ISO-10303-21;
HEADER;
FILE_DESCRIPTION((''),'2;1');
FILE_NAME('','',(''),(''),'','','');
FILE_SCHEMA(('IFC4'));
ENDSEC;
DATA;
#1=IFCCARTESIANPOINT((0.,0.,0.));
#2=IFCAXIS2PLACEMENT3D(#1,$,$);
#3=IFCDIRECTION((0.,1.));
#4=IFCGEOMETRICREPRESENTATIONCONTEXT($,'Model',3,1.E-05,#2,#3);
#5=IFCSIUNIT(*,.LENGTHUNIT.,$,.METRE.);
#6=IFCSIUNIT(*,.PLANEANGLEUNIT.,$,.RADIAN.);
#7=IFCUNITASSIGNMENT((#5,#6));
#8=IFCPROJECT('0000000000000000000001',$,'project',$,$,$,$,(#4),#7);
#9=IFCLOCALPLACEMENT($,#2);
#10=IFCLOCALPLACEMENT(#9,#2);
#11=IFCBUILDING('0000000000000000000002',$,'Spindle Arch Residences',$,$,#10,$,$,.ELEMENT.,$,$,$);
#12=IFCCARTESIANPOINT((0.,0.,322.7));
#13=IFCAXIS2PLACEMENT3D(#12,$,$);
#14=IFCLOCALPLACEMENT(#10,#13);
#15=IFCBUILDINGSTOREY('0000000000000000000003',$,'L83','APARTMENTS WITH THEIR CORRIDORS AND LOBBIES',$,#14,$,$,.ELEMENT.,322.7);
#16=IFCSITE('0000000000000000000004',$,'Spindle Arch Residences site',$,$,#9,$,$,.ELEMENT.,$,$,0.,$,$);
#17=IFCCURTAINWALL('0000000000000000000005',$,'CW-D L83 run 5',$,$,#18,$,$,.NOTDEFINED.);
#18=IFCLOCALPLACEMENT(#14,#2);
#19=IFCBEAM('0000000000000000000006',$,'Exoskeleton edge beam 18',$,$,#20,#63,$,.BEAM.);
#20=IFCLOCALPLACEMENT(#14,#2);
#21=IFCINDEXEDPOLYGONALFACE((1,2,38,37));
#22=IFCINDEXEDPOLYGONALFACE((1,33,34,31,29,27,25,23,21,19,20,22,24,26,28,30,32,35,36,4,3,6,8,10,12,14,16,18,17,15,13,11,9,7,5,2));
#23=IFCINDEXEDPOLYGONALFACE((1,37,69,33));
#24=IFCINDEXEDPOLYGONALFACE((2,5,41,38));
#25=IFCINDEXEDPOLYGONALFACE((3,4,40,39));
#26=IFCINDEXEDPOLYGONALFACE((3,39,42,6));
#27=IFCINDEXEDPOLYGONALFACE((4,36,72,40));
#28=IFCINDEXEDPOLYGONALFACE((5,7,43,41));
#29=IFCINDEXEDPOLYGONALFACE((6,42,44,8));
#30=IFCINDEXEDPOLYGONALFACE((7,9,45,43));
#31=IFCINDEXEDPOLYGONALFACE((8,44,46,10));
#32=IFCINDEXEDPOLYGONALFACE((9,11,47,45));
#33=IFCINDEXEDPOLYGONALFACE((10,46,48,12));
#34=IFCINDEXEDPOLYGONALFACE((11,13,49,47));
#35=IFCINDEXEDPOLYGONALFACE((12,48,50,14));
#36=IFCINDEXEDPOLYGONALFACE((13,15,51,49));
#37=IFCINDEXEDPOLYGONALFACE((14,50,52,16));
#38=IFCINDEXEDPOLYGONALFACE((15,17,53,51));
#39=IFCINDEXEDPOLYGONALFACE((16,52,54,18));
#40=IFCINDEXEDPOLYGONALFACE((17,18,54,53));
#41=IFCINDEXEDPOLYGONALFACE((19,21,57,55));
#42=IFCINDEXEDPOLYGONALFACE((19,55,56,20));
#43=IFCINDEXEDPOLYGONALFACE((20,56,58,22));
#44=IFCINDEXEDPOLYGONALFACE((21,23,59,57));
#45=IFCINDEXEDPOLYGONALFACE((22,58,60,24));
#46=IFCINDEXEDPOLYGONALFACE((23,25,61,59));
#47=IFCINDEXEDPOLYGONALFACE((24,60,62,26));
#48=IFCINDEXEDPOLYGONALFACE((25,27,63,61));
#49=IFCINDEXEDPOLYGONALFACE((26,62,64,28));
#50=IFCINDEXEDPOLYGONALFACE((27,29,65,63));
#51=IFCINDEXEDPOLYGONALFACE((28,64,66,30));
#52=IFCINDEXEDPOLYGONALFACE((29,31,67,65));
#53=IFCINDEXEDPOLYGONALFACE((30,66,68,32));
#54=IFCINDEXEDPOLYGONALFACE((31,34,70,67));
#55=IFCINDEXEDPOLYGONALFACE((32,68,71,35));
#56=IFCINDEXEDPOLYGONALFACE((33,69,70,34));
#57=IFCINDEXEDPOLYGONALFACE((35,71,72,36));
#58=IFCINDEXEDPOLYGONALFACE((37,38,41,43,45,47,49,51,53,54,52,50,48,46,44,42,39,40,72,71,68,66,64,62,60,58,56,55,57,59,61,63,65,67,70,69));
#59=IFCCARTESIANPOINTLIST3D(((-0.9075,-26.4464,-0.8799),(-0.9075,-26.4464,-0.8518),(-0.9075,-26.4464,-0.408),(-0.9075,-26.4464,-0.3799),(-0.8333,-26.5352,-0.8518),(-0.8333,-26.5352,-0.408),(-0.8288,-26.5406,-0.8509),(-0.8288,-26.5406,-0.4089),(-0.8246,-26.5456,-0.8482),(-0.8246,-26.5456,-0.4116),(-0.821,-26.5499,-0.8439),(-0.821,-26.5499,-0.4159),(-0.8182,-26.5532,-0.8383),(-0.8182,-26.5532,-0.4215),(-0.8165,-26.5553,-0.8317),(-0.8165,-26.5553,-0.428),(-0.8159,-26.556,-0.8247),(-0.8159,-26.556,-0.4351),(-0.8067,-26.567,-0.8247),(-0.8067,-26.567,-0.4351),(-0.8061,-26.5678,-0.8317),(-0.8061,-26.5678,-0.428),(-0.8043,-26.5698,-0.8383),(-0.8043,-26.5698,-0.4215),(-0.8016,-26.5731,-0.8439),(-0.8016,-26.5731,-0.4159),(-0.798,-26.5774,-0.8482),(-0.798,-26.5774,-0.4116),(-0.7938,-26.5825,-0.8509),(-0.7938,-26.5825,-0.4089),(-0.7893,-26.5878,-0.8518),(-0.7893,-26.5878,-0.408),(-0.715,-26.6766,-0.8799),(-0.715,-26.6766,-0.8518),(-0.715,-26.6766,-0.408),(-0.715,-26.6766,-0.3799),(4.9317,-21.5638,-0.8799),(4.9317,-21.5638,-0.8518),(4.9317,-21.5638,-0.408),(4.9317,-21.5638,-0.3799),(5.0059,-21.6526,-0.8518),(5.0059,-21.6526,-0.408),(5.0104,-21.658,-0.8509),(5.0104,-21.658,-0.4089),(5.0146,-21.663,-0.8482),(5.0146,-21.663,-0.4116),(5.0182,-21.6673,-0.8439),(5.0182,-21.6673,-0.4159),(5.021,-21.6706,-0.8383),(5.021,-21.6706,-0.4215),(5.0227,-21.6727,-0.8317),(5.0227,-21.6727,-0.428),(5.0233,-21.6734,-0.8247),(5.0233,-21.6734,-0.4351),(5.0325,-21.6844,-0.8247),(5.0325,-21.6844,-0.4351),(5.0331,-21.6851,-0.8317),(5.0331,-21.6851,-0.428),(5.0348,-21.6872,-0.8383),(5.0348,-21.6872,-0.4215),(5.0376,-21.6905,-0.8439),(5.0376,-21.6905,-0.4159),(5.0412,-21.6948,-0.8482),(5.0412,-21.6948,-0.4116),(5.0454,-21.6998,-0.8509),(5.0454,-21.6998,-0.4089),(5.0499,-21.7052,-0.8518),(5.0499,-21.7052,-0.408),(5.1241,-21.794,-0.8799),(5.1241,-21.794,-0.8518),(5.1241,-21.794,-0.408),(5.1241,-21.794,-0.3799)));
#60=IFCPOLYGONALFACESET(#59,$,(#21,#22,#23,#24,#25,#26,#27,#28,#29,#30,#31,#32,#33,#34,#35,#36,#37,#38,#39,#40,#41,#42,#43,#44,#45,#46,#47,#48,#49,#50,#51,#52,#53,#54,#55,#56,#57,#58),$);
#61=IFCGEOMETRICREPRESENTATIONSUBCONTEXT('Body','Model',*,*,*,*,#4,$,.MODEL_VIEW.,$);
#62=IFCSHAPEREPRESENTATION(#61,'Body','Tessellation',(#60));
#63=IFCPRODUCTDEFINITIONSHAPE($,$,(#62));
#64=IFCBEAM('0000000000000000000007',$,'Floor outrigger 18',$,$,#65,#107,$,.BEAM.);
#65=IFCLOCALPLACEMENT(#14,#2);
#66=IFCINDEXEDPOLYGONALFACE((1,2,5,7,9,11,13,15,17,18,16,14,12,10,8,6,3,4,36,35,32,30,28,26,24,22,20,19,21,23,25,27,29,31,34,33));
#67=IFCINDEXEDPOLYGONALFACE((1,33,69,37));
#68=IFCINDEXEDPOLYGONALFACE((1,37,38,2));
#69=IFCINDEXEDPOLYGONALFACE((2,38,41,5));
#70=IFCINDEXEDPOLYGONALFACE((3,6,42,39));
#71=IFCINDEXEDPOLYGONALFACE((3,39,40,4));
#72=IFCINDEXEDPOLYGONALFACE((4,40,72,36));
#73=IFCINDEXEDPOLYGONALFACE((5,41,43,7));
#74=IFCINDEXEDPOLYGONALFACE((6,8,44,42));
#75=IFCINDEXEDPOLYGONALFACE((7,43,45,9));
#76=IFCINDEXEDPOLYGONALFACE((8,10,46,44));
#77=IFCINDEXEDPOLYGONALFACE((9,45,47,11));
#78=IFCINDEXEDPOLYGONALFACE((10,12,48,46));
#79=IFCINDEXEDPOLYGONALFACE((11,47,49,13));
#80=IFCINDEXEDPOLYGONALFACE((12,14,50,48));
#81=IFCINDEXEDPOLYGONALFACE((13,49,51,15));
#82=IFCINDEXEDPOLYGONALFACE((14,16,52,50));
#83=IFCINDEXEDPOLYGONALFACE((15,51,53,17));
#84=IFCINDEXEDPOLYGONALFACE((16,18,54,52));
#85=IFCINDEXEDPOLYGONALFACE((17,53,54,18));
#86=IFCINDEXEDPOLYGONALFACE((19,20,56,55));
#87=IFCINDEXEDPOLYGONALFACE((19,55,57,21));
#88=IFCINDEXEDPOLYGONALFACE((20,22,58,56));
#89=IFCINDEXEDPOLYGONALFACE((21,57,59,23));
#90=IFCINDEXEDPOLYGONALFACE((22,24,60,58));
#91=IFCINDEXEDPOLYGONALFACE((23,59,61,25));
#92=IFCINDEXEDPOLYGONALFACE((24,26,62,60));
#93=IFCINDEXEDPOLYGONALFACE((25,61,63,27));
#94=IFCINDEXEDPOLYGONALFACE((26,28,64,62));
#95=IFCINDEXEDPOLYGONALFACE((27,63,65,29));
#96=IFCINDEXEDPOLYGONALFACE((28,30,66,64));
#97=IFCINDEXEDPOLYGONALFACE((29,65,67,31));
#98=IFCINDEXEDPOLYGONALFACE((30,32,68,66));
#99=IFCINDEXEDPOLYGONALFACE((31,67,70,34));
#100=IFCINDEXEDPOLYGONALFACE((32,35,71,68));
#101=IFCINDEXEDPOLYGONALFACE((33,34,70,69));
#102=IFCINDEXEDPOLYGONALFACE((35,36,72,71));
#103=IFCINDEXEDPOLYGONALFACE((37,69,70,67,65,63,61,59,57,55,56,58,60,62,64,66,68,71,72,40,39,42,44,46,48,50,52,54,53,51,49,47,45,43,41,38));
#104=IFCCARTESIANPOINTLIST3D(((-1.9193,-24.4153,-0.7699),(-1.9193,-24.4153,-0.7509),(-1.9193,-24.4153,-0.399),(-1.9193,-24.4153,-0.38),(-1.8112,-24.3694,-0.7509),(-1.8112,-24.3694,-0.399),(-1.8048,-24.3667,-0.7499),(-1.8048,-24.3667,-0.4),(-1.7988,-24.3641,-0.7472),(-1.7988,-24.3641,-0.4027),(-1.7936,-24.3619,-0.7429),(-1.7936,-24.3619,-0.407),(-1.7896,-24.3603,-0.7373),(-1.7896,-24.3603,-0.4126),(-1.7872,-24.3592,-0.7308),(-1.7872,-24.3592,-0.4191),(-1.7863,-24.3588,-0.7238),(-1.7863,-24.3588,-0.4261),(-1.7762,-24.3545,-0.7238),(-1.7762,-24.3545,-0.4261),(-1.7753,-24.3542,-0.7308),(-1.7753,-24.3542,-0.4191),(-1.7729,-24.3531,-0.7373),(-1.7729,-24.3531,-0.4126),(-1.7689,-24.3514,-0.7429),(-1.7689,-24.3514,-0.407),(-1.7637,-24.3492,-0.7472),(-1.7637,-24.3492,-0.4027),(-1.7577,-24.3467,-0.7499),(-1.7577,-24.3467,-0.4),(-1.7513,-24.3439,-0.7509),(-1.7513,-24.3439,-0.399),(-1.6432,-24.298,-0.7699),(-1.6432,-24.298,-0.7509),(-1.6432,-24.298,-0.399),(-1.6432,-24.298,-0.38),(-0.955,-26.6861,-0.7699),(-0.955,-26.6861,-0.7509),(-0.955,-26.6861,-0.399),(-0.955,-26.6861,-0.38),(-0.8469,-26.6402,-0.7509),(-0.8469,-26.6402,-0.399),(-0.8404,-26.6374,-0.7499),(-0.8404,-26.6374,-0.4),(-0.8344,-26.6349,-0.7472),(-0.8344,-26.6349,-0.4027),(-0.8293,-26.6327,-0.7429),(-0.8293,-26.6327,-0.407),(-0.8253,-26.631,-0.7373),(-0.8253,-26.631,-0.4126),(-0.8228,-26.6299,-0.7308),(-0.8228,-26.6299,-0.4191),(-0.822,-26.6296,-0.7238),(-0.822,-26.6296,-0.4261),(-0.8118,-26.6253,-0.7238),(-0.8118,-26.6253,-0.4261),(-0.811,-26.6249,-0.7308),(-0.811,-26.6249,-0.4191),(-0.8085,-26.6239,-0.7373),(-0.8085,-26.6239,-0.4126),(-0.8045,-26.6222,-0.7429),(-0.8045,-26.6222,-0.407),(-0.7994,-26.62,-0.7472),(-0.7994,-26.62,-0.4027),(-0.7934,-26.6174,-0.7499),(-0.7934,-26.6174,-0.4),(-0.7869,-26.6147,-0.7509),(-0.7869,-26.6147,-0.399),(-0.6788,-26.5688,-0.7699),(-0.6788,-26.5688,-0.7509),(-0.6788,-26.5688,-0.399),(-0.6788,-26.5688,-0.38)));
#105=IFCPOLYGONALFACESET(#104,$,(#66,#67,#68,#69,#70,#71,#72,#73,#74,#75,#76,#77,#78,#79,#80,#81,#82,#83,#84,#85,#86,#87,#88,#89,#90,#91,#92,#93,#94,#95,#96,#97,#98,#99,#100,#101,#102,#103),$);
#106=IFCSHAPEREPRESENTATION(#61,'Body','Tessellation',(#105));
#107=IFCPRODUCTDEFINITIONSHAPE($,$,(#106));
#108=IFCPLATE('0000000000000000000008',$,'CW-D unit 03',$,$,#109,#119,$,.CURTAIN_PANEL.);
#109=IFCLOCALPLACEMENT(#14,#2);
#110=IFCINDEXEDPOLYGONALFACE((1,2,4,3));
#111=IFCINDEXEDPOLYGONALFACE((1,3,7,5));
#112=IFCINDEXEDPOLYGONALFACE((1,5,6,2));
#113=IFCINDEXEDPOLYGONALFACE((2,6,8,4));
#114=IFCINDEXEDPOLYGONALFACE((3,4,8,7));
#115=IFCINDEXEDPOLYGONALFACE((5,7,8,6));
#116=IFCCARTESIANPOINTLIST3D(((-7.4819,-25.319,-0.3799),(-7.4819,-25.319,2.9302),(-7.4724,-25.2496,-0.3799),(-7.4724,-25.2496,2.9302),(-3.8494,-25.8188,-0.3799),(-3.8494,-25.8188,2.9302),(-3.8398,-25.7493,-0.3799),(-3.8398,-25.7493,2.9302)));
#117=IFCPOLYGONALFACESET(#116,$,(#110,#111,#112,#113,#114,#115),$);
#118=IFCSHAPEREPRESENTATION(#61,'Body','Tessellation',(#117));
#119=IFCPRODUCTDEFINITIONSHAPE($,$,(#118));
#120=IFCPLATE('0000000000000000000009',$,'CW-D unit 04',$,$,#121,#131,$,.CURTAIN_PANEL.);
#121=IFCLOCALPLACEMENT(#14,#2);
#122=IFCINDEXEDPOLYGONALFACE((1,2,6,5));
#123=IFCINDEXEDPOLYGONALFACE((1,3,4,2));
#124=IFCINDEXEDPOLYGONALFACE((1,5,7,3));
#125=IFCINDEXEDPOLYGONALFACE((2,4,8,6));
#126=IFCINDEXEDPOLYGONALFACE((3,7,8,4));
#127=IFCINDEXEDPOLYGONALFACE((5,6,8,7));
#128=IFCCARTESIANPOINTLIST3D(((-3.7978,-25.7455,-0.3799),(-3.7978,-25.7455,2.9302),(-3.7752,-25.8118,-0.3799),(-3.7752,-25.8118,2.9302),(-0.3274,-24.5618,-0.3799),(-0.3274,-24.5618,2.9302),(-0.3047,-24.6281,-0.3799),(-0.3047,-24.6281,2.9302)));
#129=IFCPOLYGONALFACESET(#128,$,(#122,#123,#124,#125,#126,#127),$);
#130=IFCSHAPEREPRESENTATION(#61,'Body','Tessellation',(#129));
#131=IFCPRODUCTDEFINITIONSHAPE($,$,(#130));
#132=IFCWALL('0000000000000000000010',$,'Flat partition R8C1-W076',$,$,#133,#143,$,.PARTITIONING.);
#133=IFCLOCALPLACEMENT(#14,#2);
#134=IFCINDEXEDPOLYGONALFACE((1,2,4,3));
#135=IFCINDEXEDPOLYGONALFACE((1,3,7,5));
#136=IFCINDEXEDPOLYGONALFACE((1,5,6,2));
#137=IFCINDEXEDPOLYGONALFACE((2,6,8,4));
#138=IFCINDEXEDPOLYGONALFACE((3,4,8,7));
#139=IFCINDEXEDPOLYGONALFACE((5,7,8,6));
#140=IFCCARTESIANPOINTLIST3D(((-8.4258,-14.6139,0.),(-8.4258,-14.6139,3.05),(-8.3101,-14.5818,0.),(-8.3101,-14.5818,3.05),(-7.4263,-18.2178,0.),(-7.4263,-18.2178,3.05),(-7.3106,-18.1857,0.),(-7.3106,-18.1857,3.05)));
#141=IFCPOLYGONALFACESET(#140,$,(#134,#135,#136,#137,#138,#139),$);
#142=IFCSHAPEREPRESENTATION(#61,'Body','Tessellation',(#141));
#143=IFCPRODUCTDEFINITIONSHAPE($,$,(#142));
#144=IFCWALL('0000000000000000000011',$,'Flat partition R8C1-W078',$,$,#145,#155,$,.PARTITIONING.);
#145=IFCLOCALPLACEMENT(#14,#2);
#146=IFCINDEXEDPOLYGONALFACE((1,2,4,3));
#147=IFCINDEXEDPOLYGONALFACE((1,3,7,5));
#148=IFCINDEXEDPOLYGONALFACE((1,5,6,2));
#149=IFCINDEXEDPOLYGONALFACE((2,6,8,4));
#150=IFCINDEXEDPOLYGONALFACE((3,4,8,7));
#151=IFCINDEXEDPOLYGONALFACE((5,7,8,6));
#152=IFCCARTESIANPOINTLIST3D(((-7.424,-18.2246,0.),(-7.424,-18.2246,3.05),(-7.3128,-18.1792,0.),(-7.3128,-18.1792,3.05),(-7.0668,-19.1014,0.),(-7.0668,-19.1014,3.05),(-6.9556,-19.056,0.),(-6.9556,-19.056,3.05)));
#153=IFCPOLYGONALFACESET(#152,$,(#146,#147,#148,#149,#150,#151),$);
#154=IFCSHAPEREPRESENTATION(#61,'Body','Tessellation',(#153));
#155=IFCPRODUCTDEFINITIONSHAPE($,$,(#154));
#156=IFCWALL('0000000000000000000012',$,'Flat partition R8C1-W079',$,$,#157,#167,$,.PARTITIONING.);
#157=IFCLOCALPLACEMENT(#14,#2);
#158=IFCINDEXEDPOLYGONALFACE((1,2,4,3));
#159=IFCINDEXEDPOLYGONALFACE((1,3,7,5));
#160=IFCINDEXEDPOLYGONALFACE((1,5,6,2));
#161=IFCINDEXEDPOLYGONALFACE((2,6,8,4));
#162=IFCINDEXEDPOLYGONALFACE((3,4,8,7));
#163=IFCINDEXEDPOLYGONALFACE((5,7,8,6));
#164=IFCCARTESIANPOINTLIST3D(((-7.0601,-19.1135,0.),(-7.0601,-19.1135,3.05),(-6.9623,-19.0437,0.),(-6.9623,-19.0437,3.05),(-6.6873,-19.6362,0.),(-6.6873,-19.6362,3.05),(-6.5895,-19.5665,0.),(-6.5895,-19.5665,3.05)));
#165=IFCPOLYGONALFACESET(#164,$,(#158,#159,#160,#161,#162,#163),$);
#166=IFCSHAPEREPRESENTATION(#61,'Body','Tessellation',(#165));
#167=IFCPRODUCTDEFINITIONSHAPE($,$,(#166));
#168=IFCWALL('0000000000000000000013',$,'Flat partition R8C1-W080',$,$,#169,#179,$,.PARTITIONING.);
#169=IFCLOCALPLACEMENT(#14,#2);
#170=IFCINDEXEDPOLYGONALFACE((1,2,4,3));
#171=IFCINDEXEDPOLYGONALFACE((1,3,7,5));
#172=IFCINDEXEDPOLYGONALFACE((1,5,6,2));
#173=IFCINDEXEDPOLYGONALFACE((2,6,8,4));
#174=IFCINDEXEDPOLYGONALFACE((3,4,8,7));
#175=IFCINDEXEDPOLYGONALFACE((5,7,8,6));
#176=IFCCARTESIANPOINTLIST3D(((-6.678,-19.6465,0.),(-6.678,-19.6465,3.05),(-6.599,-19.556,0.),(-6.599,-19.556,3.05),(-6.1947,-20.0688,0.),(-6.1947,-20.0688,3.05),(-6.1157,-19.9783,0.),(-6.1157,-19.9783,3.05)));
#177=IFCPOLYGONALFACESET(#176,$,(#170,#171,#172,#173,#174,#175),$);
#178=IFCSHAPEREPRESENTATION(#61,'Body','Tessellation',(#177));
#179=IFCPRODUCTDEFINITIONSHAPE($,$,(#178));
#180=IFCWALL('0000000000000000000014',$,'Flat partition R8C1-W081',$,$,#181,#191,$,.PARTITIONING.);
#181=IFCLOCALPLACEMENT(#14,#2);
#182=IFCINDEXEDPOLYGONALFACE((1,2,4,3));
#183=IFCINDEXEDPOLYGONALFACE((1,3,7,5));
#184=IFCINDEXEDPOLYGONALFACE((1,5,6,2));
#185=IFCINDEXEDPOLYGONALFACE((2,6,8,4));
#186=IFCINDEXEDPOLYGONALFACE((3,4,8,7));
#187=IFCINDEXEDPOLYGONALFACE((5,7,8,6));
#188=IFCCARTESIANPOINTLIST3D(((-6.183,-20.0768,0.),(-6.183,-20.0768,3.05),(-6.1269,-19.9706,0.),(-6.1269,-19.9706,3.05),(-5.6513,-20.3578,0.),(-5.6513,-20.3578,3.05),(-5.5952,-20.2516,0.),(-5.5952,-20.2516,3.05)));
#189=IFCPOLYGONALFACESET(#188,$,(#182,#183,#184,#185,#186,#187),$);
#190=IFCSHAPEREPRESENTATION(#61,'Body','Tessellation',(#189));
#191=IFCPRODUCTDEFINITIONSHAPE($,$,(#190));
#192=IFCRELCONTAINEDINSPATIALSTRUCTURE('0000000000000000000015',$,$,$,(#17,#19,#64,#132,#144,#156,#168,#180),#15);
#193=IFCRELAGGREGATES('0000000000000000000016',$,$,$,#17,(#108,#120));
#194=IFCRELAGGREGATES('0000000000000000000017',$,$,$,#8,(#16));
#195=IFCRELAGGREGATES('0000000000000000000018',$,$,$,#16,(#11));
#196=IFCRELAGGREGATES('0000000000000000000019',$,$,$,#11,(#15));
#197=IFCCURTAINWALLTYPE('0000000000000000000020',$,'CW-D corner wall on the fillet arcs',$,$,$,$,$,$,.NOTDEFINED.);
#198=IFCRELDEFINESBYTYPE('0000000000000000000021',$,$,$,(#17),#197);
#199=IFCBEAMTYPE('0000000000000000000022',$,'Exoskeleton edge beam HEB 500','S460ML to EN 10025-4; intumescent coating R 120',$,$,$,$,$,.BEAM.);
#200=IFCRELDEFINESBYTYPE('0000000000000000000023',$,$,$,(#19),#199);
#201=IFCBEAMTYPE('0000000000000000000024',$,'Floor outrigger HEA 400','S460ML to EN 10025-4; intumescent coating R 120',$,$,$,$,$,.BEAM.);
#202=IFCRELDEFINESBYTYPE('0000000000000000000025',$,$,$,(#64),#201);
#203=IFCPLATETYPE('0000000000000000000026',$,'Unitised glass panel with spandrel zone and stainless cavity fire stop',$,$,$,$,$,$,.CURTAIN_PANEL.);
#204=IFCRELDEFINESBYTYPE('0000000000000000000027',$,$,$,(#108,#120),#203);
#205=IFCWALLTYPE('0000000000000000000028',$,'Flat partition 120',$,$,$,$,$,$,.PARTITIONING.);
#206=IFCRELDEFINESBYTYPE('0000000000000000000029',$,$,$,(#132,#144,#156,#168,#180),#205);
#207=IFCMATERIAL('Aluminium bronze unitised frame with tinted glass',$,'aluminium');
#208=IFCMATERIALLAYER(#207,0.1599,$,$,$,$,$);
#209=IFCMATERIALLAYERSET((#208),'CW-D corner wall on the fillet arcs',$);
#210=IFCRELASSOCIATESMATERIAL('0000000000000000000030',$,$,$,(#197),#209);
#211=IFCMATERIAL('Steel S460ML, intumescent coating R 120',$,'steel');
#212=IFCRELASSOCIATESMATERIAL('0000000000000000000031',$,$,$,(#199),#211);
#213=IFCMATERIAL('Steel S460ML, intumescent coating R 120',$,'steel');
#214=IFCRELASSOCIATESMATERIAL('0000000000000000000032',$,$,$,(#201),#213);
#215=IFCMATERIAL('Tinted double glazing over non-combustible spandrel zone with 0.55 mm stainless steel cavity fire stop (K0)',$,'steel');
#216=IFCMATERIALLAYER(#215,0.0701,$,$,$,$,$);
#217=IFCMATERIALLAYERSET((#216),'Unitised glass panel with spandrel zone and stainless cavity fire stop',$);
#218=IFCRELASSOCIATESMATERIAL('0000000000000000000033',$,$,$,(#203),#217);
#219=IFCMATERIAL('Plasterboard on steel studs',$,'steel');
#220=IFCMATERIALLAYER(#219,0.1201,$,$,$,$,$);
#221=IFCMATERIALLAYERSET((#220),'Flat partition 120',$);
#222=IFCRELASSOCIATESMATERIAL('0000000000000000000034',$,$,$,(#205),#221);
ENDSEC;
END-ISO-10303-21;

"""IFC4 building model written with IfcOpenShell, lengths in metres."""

from ifc_helpers import new_model, si_unit, direction, frame, frame_2d, origin, origin_2d, place, context, subcontext, project, spatial, rectangle, i_section, extrude, material, layer, layer_set, material_profile, profile_set, type_object, element, aggregate, save


model = new_model("IFC4")

# Units and contexts
model_context = context("Model", 3, precision=1e-05, world=origin(), true_north=direction((0.0, 1.0)))
body_context = subcontext(model_context, "Body", "Model", "MODEL_VIEW")
ifc_project = project(units=[si_unit("LENGTHUNIT", "METRE"), si_unit("PLANEANGLEUNIT", "RADIAN")], contexts=[model_context])

# Site, building, storey
site_placement = place(None, origin())
site = spatial("IfcSite", under=ifc_project, at=site_placement, Name="Spindle Arch Residences site", CompositionType="ELEMENT", RefElevation=0.0)
building_placement = place(site_placement, origin())
building = spatial("IfcBuilding", under=site, at=building_placement, Name="Spindle Arch Residences", CompositionType="ELEMENT")
storey_placement = place(building_placement, frame((0.0, 0.0, 322.7)))
storey = spatial("IfcBuildingStorey", under=building, at=storey_placement, Name="L83", Description="APARTMENTS WITH THEIR CORRIDORS AND LOBBIES", CompositionType="ELEMENT", Elevation=322.7)

# Curtain wall
ifc_material_1 = material(Name="Aluminium bronze unitised frame with tinted glass", Category="aluminium")
ifc_layer_1 = layer(ifc_material_1, 0.1599)
ifc_layer_set_1 = layer_set([ifc_layer_1], Name="CW-D corner wall on the fillet arcs")
curtain_wall_type = type_object("IfcCurtainWallType", Name="CW-D corner wall on the fillet arcs", PredefinedType="NOTDEFINED", material=ifc_layer_set_1)
curtain_wall_placement = place(storey_placement, origin())
curtain_wall = element("IfcCurtainWall", 1, at=curtain_wall_placement, inside=storey, type_object=curtain_wall_type, Name="CW-D L83 run 5", PredefinedType="NOTDEFINED")

# Beams
ifc_material_2 = material(Name="Steel S460ML, intumescent coating R 120", Category="steel")
ifc_material_profile_1 = material_profile(ifc_material_2, i_section(OverallWidth=0.3, OverallDepth=0.5, WebThickness=0.0144, FlangeThickness=0.0281, FilletRadius=0.0271, at=origin_2d()), Name="HEB 500")
ifc_profile_set_1 = profile_set([ifc_material_profile_1], Name="Steel S460ML, intumescent coating R 120")
beam_type_1 = type_object("IfcBeamType", Name="Exoskeleton edge beam HEB 500", Description="S460ML to EN 10025-4; intumescent coating R 120", PredefinedType="BEAM", material=ifc_profile_set_1)
beam_1_placement = place(storey_placement, frame((-0.8113, -26.5615, -0.6299), z_axis=(0.767145, 0.641474, 0.0), x_axis=(-0.641474, 0.767145, 0.0)))
element("IfcBeam", 2, at=beam_1_placement, inside=storey, type_object=beam_type_1, Name="Exoskeleton edge beam 18", PredefinedType="BEAM", context=body_context, shape_type="SweptSolid", body=[
    extrude(i_section(OverallWidth=0.3, OverallDepth=0.5, WebThickness=0.0144, FlangeThickness=0.0281, FilletRadius=0.0271, at=origin_2d()), origin(), (0.0, 0.0, 1.0), 7.6116),
])
ifc_material_3 = material(Name="Steel S460ML, intumescent coating R 120", Category="steel")
ifc_material_profile_2 = material_profile(ifc_material_3, i_section(OverallWidth=0.3, OverallDepth=0.3899, WebThickness=0.011, FlangeThickness=0.019, FilletRadius=0.0271, at=origin_2d()), Name="HEA 400")
ifc_profile_set_2 = profile_set([ifc_material_profile_2], Name="Steel S460ML, intumescent coating R 120")
beam_type_2 = type_object("IfcBeamType", Name="Floor outrigger HEA 400", Description="S460ML to EN 10025-4; intumescent coating R 120", PredefinedType="BEAM", material=ifc_profile_set_2)
beam_2_placement = place(storey_placement, frame((-0.8169, -26.6274, -0.575), z_axis=(-0.390895, 0.920435, 0.0), x_axis=(-0.920435, -0.390895, 0.0)))
element("IfcBeam", 3, at=beam_2_placement, inside=storey, type_object=beam_type_2, Name="Floor outrigger 18", PredefinedType="BEAM", context=body_context, shape_type="SweptSolid", body=[
    extrude(i_section(OverallWidth=0.3, OverallDepth=0.3899, WebThickness=0.011, FlangeThickness=0.019, FilletRadius=0.0271, at=origin_2d()), origin(), (0.0, 0.0, 1.0), 2.467),
])

# Plates
ifc_material_4 = material(Name="Tinted double glazing over non-combustible spandrel zone with 0.55 mm stainless steel cavity fire stop (K0)", Category="steel")
ifc_layer_2 = layer(ifc_material_4, 0.0701)
ifc_layer_set_2 = layer_set([ifc_layer_2], Name="Unitised glass panel with spandrel zone and stainless cavity fire stop")
plate_type = type_object("IfcPlateType", Name="Unitised glass panel with spandrel zone and stainless cavity fire stop", PredefinedType="CURTAIN_PANEL", material=ifc_layer_set_2)
plate_1_placement = place(storey_placement, frame((-5.6609, -25.5342, -0.3799), z_axis=(0.0, 0.0, 1.0), x_axis=(0.990669, -0.136292, 0.0)))
plate_1 = element("IfcPlate", 4, at=plate_1_placement, type_object=plate_type, Name="CW-D unit 03", PredefinedType="CURTAIN_PANEL", context=body_context, shape_type="SweptSolid", body=[
    extrude(rectangle(XDim=3.6667, YDim=0.0701, at=origin_2d()), origin(), (0.0, 0.0, 1.0), 3.3101),
])
plate_2_placement = place(storey_placement, frame((-2.0513, -25.1868, -0.3799), z_axis=(0.0, 0.0, 1.0), x_axis=(0.946462, 0.322816, 0.0)))
plate_2 = element("IfcPlate", 5, at=plate_2_placement, type_object=plate_type, Name="CW-D unit 04", PredefinedType="CURTAIN_PANEL", context=body_context, shape_type="SweptSolid", body=[
    extrude(rectangle(XDim=3.6667, YDim=0.0701, at=origin_2d()), origin(), (0.0, 0.0, 1.0), 3.3101),
])
aggregate(curtain_wall, [plate_1, plate_2])

# Walls
ifc_material_5 = material(Name="Plasterboard on steel studs", Category="steel")
ifc_layer_3 = layer(ifc_material_5, 0.1201)
ifc_layer_set_3 = layer_set([ifc_layer_3], Name="Flat partition 120")
wall_type_1 = type_object("IfcWallType", Name="Flat partition 120", PredefinedType="PARTITIONING", material=ifc_layer_set_3)
wall_1_placement = place(storey_placement, frame((-7.3684, -18.2019, 0.0), z_axis=(0.0, 0.0, 1.0), x_axis=(-0.267247, 0.963628, 0.0)))
element("IfcWall", 6, at=wall_1_placement, inside=storey, type_object=wall_type_1, Name="Flat partition R8C1-W076", PredefinedType="PARTITIONING", context=body_context, shape_type="SweptSolid", body=[
    extrude(rectangle(XDim=3.74, YDim=0.1201, at=frame_2d((1.8701, 0.0))), origin(), (0.0, 0.0, 1.0), 3.05),
])
wall_2_placement = place(storey_placement, frame((-7.3684, -18.2019, 0.0), z_axis=(0.0, 0.0, 1.0), x_axis=(0.377297, -0.926092, 0.0)))
element("IfcWall", 7, at=wall_2_placement, inside=storey, type_object=wall_type_1, Name="Flat partition R8C1-W078", PredefinedType="PARTITIONING", context=body_context, shape_type="SweptSolid", body=[
    extrude(rectangle(XDim=0.9468, YDim=0.1201, at=frame_2d((0.4734, 0.0))), origin(), (0.0, 0.0, 1.0), 3.05),
])
wall_3_placement = place(storey_placement, frame((-7.0112, -19.0786, 0.0), z_axis=(0.0, 0.0, 1.0), x_axis=(0.580663, -0.814144, 0.0)))
element("IfcWall", 8, at=wall_3_placement, inside=storey, type_object=wall_type_1, Name="Flat partition R8C1-W079", PredefinedType="PARTITIONING", context=body_context, shape_type="SweptSolid", body=[
    extrude(rectangle(XDim=0.6421, YDim=0.1201, at=frame_2d((0.321, 0.0))), origin(), (0.0, 0.0, 1.0), 3.05),
])
wall_4_placement = place(storey_placement, frame((-6.6384, -19.6013, 0.0), z_axis=(0.0, 0.0, 1.0), x_axis=(0.753048, -0.657966, 0.0)))
element("IfcWall", 9, at=wall_4_placement, inside=storey, type_object=wall_type_1, Name="Flat partition R8C1-W080", PredefinedType="PARTITIONING", context=body_context, shape_type="SweptSolid", body=[
    extrude(rectangle(XDim=0.6418, YDim=0.1201, at=frame_2d((0.3208, 0.0))), origin(), (0.0, 0.0, 1.0), 3.05),
])
wall_5_placement = place(storey_placement, frame((-6.155, -20.0237, 0.0), z_axis=(0.0, 0.0, 1.0), x_axis=(0.884133, -0.467235, 0.0)))
element("IfcWall", 10, at=wall_5_placement, inside=storey, type_object=wall_type_1, Name="Flat partition R8C1-W081", PredefinedType="PARTITIONING", context=body_context, shape_type="SweptSolid", body=[
    extrude(rectangle(XDim=0.6013, YDim=0.1201, at=frame_2d((0.3008, 0.0))), origin(), (0.0, 0.0, 1.0), 3.05),
])

save(model, "model.ifc")
